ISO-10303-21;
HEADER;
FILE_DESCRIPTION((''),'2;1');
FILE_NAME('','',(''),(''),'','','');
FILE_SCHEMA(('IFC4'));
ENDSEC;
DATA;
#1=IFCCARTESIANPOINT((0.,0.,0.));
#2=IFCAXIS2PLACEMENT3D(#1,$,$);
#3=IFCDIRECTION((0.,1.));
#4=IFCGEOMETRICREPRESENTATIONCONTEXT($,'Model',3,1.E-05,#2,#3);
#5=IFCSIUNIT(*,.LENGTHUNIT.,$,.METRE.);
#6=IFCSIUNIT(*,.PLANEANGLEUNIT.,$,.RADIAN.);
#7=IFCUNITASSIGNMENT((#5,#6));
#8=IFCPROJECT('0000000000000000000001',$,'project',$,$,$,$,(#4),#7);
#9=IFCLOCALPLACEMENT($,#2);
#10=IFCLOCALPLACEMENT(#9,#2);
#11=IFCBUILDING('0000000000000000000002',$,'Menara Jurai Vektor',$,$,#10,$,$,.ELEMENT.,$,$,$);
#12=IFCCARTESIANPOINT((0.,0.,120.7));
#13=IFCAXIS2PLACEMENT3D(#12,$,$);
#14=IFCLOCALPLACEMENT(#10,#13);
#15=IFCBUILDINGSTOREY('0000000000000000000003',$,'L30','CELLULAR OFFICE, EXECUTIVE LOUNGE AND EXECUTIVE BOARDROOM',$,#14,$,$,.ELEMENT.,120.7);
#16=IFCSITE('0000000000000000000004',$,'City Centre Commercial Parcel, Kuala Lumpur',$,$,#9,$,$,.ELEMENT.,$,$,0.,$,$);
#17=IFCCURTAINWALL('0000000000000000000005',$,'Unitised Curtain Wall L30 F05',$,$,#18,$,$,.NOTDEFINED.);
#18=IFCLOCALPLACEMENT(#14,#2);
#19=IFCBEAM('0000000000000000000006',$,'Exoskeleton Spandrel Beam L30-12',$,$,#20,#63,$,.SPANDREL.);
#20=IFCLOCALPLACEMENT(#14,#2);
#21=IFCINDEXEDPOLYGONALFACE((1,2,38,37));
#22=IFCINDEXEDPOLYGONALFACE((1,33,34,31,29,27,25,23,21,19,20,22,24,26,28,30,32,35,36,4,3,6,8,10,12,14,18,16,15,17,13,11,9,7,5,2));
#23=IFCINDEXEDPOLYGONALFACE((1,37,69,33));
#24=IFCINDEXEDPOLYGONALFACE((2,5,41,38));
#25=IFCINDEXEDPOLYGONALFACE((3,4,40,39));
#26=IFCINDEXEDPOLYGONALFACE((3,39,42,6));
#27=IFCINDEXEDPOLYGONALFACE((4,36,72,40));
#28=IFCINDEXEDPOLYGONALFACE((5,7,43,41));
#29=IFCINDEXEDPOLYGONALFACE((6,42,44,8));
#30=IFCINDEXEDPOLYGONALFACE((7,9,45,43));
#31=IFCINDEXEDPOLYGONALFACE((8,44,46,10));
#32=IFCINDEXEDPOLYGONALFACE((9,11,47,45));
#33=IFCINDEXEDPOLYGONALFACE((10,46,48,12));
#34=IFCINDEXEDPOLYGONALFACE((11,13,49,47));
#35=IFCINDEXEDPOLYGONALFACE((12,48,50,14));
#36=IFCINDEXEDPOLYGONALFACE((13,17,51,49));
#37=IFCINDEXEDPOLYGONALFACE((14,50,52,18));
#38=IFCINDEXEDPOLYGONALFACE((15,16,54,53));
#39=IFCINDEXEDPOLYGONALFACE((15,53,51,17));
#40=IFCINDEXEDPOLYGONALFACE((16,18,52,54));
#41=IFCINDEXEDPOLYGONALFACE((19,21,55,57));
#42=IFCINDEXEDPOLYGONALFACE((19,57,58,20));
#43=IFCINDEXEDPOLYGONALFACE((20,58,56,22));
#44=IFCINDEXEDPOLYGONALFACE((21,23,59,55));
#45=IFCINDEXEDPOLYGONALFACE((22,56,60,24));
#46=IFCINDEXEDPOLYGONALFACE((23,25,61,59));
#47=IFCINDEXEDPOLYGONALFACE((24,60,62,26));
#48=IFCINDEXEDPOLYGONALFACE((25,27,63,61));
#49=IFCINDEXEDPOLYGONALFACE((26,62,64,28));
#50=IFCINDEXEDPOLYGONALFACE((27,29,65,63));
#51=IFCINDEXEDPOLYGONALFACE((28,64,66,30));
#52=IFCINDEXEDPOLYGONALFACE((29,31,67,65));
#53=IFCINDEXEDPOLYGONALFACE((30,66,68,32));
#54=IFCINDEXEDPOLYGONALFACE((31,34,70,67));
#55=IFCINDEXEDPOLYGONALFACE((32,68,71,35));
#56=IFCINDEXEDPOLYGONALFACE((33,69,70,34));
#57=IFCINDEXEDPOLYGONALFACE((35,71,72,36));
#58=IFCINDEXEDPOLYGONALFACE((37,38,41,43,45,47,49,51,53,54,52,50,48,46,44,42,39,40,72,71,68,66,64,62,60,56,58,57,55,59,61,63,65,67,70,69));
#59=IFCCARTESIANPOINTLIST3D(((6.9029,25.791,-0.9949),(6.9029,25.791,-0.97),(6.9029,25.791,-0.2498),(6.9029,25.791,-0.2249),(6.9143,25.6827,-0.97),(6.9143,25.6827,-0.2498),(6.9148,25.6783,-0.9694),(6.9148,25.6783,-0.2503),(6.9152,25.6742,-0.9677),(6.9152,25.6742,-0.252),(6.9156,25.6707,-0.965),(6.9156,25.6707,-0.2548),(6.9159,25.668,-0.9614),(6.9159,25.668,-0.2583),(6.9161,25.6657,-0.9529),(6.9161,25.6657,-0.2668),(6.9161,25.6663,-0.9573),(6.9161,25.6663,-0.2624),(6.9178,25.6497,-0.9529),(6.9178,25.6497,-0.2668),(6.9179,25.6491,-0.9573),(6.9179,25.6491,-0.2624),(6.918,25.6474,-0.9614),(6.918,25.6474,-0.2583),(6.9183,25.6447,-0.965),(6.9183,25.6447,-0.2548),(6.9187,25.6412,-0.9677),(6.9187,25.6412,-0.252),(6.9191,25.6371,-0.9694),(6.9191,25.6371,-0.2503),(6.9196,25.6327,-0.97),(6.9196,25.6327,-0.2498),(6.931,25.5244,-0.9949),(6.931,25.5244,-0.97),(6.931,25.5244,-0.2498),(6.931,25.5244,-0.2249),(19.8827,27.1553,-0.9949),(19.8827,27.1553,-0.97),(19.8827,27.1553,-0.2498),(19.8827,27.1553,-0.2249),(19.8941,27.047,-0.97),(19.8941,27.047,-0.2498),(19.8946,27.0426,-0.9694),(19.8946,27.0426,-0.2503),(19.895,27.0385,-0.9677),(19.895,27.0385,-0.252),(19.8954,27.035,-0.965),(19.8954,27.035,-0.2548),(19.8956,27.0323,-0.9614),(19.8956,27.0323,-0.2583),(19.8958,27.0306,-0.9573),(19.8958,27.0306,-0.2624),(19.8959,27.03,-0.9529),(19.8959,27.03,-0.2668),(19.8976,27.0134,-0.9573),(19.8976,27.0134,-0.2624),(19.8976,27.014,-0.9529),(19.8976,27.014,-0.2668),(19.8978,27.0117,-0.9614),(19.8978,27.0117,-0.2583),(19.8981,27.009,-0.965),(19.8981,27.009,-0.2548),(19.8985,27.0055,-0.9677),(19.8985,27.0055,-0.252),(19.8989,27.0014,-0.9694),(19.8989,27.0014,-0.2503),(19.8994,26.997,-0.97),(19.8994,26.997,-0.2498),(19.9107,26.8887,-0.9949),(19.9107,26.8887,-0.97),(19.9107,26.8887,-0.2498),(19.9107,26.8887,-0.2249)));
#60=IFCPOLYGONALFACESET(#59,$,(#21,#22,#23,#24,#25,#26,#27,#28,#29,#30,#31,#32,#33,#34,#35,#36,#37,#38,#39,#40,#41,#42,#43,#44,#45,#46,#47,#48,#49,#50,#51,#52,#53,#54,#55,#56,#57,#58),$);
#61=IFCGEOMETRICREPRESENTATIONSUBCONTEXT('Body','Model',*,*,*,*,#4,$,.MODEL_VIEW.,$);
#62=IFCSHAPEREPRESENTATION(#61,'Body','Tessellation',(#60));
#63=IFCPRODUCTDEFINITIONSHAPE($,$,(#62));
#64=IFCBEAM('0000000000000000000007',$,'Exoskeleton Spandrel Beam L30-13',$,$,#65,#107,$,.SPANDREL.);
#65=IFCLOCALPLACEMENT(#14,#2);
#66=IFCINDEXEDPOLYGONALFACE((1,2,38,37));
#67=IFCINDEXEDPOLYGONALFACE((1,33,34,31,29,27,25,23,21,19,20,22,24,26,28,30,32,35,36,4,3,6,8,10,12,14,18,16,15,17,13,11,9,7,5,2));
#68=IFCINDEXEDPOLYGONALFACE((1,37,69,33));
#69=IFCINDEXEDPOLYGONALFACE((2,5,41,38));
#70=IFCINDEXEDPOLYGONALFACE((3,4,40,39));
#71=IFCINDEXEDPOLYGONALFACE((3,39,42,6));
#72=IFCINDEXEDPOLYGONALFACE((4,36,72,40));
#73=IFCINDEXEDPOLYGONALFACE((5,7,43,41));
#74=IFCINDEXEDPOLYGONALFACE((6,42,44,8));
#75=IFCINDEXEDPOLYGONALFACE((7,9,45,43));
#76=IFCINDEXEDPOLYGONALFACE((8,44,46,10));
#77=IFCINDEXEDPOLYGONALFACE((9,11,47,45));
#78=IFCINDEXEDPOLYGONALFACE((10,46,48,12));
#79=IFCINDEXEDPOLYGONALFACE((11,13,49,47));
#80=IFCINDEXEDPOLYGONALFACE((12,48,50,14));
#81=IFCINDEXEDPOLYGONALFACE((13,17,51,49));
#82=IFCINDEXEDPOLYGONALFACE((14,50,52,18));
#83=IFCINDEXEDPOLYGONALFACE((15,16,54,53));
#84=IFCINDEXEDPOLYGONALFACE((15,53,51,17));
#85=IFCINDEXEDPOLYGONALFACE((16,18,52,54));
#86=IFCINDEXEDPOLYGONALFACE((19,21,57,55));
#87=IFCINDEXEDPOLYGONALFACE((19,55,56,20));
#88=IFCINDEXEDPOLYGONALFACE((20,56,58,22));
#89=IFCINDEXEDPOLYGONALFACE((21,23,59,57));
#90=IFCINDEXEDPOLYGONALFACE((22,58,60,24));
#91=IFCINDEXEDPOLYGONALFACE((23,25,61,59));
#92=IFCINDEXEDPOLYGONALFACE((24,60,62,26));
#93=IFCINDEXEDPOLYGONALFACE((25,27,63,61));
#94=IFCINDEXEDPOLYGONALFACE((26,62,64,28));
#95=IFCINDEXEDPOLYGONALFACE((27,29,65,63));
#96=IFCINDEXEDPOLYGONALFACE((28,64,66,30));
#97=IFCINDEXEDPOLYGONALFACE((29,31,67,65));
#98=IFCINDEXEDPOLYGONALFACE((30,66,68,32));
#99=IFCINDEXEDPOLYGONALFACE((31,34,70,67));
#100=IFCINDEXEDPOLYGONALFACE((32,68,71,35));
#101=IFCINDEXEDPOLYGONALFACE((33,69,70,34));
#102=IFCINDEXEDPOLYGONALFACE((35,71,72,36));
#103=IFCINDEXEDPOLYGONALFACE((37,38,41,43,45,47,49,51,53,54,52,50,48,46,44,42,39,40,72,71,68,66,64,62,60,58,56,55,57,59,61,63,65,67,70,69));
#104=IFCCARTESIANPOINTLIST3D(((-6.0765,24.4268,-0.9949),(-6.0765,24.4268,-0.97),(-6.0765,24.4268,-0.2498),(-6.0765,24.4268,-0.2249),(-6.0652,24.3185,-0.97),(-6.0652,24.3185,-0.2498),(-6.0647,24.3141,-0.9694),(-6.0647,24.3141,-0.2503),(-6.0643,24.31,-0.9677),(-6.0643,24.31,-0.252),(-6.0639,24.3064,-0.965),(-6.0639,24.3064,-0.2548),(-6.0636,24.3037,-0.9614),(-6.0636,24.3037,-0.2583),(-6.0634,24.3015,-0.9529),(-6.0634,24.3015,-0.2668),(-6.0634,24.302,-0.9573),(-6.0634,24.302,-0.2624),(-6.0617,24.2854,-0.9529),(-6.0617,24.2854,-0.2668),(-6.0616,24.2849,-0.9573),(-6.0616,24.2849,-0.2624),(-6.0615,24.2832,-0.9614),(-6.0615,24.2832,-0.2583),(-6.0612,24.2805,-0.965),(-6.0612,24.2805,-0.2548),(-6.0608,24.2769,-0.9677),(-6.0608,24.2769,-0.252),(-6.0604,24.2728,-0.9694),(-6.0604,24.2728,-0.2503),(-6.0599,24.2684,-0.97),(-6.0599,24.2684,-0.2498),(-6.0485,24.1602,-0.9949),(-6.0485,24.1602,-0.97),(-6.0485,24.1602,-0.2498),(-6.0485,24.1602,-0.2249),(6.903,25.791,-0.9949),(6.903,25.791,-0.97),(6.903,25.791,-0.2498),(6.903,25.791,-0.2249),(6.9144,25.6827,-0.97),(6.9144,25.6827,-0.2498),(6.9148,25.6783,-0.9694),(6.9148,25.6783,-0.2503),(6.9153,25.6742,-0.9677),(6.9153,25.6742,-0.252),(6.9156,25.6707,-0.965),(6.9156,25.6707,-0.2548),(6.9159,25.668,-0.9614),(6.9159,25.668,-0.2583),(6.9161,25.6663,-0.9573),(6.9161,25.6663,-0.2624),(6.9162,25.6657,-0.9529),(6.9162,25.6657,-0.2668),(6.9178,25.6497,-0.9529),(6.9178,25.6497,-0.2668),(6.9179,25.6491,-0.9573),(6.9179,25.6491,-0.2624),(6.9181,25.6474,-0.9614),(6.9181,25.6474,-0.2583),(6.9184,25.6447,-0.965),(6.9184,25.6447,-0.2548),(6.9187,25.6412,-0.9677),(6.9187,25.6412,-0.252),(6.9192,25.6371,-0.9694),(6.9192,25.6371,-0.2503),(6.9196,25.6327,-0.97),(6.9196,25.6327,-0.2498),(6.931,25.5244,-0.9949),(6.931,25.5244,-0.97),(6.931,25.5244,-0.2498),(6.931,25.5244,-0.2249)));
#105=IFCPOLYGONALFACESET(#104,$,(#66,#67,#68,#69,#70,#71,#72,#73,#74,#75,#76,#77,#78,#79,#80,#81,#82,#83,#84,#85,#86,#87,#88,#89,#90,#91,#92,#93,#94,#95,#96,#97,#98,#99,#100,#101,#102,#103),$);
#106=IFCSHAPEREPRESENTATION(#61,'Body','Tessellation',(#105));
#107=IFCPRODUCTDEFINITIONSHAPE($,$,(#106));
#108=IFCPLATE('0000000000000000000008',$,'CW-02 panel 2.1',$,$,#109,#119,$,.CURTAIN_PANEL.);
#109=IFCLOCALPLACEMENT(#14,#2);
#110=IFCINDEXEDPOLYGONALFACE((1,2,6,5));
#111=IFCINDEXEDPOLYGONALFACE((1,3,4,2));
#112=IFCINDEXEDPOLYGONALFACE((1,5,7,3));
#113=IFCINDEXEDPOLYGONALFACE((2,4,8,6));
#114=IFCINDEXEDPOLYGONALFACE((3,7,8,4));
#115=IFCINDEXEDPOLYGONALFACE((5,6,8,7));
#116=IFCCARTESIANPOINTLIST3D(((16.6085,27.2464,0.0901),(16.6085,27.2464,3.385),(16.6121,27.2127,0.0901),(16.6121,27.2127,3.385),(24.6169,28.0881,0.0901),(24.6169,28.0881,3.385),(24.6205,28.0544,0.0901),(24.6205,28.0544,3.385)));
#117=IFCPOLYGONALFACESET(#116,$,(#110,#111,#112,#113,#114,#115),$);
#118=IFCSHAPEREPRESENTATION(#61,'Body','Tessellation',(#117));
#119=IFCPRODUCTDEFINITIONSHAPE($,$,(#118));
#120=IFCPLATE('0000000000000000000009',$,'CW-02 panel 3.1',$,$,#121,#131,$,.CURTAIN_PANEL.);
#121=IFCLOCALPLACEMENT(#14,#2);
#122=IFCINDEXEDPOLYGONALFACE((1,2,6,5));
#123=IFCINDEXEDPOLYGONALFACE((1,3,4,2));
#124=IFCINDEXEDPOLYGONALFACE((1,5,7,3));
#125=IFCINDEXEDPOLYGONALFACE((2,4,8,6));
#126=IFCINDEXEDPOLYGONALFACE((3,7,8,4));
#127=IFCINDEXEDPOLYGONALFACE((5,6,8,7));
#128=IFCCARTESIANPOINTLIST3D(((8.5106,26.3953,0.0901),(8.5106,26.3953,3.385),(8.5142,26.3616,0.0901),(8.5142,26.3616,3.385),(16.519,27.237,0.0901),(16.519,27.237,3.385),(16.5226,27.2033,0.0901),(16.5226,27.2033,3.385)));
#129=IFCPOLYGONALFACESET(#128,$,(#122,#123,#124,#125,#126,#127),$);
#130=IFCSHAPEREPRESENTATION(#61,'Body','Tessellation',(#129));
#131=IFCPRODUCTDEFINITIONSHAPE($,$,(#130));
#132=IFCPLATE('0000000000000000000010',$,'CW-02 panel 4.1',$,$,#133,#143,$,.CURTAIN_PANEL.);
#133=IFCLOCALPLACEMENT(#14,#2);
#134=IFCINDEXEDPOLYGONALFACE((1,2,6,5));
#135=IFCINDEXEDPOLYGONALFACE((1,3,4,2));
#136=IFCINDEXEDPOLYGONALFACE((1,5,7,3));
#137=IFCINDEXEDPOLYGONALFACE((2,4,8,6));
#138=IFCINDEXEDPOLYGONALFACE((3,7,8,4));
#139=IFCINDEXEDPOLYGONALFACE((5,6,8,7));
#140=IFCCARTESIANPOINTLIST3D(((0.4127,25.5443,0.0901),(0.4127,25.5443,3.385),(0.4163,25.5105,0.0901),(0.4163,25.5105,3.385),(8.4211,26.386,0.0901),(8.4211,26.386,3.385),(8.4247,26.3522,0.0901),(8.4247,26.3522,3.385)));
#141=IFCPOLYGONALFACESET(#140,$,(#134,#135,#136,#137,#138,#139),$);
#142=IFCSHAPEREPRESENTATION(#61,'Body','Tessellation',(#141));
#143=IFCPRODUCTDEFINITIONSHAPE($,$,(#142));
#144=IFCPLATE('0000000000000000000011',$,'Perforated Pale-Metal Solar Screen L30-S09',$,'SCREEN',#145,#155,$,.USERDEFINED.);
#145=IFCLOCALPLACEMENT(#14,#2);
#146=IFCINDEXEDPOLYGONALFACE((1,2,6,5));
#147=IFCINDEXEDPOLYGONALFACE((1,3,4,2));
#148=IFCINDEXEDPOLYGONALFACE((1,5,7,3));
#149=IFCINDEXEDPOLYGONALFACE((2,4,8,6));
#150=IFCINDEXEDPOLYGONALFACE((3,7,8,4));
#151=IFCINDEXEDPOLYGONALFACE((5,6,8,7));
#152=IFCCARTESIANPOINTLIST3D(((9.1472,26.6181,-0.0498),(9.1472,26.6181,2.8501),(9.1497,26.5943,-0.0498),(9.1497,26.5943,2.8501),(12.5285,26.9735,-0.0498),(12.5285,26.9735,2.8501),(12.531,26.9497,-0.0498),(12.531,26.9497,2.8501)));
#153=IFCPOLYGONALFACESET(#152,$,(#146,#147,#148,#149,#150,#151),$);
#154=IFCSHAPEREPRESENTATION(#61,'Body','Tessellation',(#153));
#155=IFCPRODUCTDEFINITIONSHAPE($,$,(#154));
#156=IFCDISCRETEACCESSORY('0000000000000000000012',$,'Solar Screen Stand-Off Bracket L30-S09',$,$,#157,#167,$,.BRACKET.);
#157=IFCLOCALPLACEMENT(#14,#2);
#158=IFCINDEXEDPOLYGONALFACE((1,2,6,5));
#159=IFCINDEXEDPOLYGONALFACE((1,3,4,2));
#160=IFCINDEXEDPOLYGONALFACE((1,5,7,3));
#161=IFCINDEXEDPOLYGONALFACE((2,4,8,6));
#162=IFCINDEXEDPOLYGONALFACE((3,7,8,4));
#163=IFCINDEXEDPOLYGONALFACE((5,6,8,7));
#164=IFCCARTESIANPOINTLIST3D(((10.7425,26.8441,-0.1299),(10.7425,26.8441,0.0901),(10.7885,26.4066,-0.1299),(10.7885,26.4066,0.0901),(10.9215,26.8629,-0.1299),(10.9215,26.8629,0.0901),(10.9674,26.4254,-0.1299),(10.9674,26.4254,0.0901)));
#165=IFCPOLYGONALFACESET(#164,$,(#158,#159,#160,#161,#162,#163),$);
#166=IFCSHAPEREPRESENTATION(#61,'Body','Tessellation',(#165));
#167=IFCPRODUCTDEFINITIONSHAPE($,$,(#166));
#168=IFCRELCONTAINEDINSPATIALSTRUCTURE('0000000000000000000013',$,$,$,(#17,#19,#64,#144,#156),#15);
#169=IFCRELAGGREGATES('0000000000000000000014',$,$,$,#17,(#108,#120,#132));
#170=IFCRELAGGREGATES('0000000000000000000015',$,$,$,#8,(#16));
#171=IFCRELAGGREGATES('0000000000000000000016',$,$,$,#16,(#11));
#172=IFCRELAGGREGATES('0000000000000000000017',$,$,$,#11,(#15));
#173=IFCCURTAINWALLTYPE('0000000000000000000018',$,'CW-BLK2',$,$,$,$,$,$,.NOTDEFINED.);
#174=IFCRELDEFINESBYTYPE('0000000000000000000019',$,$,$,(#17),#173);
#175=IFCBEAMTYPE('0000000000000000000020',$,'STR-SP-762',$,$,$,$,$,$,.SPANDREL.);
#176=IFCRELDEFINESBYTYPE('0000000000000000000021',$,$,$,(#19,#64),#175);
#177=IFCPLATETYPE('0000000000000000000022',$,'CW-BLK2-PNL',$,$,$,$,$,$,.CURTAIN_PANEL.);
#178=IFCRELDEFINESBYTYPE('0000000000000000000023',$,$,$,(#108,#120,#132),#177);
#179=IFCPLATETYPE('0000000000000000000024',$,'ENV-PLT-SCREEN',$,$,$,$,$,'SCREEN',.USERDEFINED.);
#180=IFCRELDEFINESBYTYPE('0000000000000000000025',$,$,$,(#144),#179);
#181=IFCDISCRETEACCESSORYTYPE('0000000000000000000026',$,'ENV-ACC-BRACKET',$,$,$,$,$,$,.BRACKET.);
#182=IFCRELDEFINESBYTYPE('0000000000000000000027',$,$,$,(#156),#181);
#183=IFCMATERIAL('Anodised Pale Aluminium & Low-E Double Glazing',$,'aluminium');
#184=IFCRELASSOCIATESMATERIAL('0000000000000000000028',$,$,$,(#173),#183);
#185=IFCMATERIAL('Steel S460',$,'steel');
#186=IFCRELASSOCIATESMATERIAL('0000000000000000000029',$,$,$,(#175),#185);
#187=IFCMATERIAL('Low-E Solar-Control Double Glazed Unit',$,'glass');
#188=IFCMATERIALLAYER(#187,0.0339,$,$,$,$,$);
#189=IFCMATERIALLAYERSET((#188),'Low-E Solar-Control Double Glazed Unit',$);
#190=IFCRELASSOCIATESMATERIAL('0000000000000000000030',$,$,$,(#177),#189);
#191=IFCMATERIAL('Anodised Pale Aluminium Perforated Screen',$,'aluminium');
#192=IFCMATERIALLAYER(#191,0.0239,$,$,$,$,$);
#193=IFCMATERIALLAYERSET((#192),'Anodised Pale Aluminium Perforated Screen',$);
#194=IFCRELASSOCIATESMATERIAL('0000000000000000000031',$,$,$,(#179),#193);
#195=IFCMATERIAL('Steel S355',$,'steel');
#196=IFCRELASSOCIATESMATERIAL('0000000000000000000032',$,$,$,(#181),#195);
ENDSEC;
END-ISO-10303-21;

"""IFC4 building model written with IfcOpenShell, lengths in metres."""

from ifc_helpers import new_model, si_unit, direction, frame, origin, origin_2d, place, context, subcontext, project, spatial, rectangle, i_section, extrude, material, layer, layer_set, material_profile, profile_set, type_object, element, aggregate, save


model = new_model("IFC4")

# Units and contexts
model_context = context("Model", 3, precision=1e-05, world=origin(), true_north=direction((0.0, 1.0)))
body_context = subcontext(model_context, "Body", "Model", "MODEL_VIEW")
ifc_project = project(units=[si_unit("LENGTHUNIT", "METRE"), si_unit("PLANEANGLEUNIT", "RADIAN")], contexts=[model_context])

# Site, building, storey
site_placement = place(None, origin())
site = spatial("IfcSite", under=ifc_project, at=site_placement, Name="City Centre Commercial Parcel, Kuala Lumpur", CompositionType="ELEMENT", RefElevation=0.0)
building_placement = place(site_placement, origin())
building = spatial("IfcBuilding", under=site, at=building_placement, Name="Menara Jurai Vektor", CompositionType="ELEMENT")
storey_placement = place(building_placement, frame((0.0, 0.0, 120.7)))
storey = spatial("IfcBuildingStorey", under=building, at=storey_placement, Name="L30", Description="CELLULAR OFFICE, EXECUTIVE LOUNGE AND EXECUTIVE BOARDROOM", CompositionType="ELEMENT", Elevation=120.7)

# Shared definitions
ifc_material_1 = material(Name="Steel S460", Category="steel")

# Curtain wall
ifc_material_2 = material(Name="Anodised Pale Aluminium & Low-E Double Glazing", Category="aluminium")
curtain_wall_type = type_object("IfcCurtainWallType", Name="CW-BLK2", PredefinedType="NOTDEFINED", material=ifc_material_2)
curtain_wall_placement = place(storey_placement, origin())
curtain_wall = element("IfcCurtainWall", 1, at=curtain_wall_placement, inside=storey, type_object=curtain_wall_type, Name="Unitised Curtain Wall L30 F05", PredefinedType="NOTDEFINED")

# Beams
ifc_material_3 = material(Name="Steel S355", Category="steel")
ifc_material_profile_1 = material_profile(ifc_material_1, i_section(OverallWidth=0.2681, OverallDepth=0.77, WebThickness=0.0161, FlangeThickness=0.0249, FilletRadius=0.0171, at=origin_2d()), Name="UKB 762x267x197")
ifc_profile_set_1 = profile_set([ifc_material_profile_1], Name="Steel S460")
beam_type_1 = type_object("IfcBeamType", Name="STR-SP-762", PredefinedType="SPANDREL", material=ifc_profile_set_1)
beam_1_placement = place(storey_placement, frame((19.8967, 27.022, -0.6099), z_axis=(-0.994522, -0.104531, 0.0), x_axis=(0.104531, -0.994522, 0.0)))
element("IfcBeam", 2, at=beam_1_placement, inside=storey, type_object=beam_type_1, Name="Exoskeleton Spandrel Beam L30-12", PredefinedType="SPANDREL", context=body_context, shape_type="SweptSolid", body=[
    extrude(i_section(OverallWidth=0.2681, OverallDepth=0.77, WebThickness=0.0161, FlangeThickness=0.0249, FilletRadius=0.0171, at=origin_2d()), origin(), (0.0, 0.0, 1.0), 13.0513),
])
beam_2_placement = place(storey_placement, frame((6.917, 25.6577, -0.6099), z_axis=(-0.994521, -0.104533, 0.0), x_axis=(0.104533, -0.994521, 0.0)))
element("IfcBeam", 3, at=beam_2_placement, inside=storey, type_object=beam_type_1, Name="Exoskeleton Spandrel Beam L30-13", PredefinedType="SPANDREL", context=body_context, shape_type="SweptSolid", body=[
    extrude(i_section(OverallWidth=0.2681, OverallDepth=0.77, WebThickness=0.0161, FlangeThickness=0.0249, FilletRadius=0.0171, at=origin_2d()), origin(), (0.0, 0.0, 1.0), 13.051),
])

# Plates
ifc_material_4 = material(Name="Low-E Solar-Control Double Glazed Unit", Category="glass")
ifc_layer_1 = layer(ifc_material_4, 0.0339)
ifc_layer_set_1 = layer_set([ifc_layer_1], Name="Low-E Solar-Control Double Glazed Unit")
plate_type_1 = type_object("IfcPlateType", Name="CW-BLK2-PNL", PredefinedType="CURTAIN_PANEL", material=ifc_layer_set_1)
plate_1_placement = place(storey_placement, frame((20.6145, 27.6504, 0.0901), z_axis=(0.0, 0.0, 1.0), x_axis=(-0.994522, -0.104529, 0.0)))
plate_1 = element("IfcPlate", 4, at=plate_1_placement, type_object=plate_type_1, Name="CW-02 panel 2.1", PredefinedType="CURTAIN_PANEL", context=body_context, shape_type="SweptSolid", body=[
    extrude(rectangle(XDim=8.0525, YDim=0.0339, at=origin_2d()), origin(), (0.0, 0.0, 1.0), 3.2949),
])
plate_2_placement = place(storey_placement, frame((12.5166, 26.7993, 0.0901), z_axis=(0.0, 0.0, 1.0), x_axis=(-0.994522, -0.104529, 0.0)))
plate_2 = element("IfcPlate", 5, at=plate_2_placement, type_object=plate_type_1, Name="CW-02 panel 3.1", PredefinedType="CURTAIN_PANEL", context=body_context, shape_type="SweptSolid", body=[
    extrude(rectangle(XDim=8.0525, YDim=0.0339, at=origin_2d()), origin(), (0.0, 0.0, 1.0), 3.2949),
])
plate_3_placement = place(storey_placement, frame((4.4187, 25.9482, 0.0901), z_axis=(0.0, 0.0, 1.0), x_axis=(-0.994522, -0.104529, 0.0)))
plate_3 = element("IfcPlate", 6, at=plate_3_placement, type_object=plate_type_1, Name="CW-02 panel 4.1", PredefinedType="CURTAIN_PANEL", context=body_context, shape_type="SweptSolid", body=[
    extrude(rectangle(XDim=8.0525, YDim=0.0339, at=origin_2d()), origin(), (0.0, 0.0, 1.0), 3.2949),
])
aggregate(curtain_wall, [plate_1, plate_2, plate_3])
ifc_material_5 = material(Name="Anodised Pale Aluminium Perforated Screen", Category="aluminium")
ifc_layer_2 = layer(ifc_material_5, 0.0239)
ifc_layer_set_2 = layer_set([ifc_layer_2], Name="Anodised Pale Aluminium Perforated Screen")
plate_type_2 = type_object("IfcPlateType", Name="ENV-PLT-SCREEN", ElementType="SCREEN", PredefinedType="USERDEFINED", material=ifc_layer_set_2)
plate_4_placement = place(storey_placement, frame((10.8391, 26.7839, -0.0498), z_axis=(0.0, 0.0, 1.0), x_axis=(-0.994522, -0.104528, 0.0)))
element("IfcPlate", 7, at=plate_4_placement, inside=storey, type_object=plate_type_2, Name="Perforated Pale-Metal Solar Screen L30-S09", ObjectType="SCREEN", PredefinedType="USERDEFINED", context=body_context, shape_type="SweptSolid", body=[
    extrude(rectangle(XDim=3.3999, YDim=0.0239, at=origin_2d()), origin(), (0.0, 0.0, 1.0), 2.8999),
])

# Discrete accessory
discrete_accessory_type = type_object("IfcDiscreteAccessoryType", Name="ENV-ACC-BRACKET", PredefinedType="BRACKET", material=ifc_material_3)
discrete_accessory_placement = place(storey_placement, frame((10.855, 26.6348, -0.1299), z_axis=(0.0, 0.0, 1.0), x_axis=(-0.994522, -0.104528, 0.0)))
element("IfcDiscreteAccessory", 8, at=discrete_accessory_placement, inside=storey, type_object=discrete_accessory_type, Name="Solar Screen Stand-Off Bracket L30-S09", PredefinedType="BRACKET", context=body_context, shape_type="SweptSolid", body=[
    extrude(rectangle(XDim=0.1799, YDim=0.4399, at=origin_2d()), origin(), (0.0, 0.0, 1.0), 0.22),
])

save(model, "model.ifc")
